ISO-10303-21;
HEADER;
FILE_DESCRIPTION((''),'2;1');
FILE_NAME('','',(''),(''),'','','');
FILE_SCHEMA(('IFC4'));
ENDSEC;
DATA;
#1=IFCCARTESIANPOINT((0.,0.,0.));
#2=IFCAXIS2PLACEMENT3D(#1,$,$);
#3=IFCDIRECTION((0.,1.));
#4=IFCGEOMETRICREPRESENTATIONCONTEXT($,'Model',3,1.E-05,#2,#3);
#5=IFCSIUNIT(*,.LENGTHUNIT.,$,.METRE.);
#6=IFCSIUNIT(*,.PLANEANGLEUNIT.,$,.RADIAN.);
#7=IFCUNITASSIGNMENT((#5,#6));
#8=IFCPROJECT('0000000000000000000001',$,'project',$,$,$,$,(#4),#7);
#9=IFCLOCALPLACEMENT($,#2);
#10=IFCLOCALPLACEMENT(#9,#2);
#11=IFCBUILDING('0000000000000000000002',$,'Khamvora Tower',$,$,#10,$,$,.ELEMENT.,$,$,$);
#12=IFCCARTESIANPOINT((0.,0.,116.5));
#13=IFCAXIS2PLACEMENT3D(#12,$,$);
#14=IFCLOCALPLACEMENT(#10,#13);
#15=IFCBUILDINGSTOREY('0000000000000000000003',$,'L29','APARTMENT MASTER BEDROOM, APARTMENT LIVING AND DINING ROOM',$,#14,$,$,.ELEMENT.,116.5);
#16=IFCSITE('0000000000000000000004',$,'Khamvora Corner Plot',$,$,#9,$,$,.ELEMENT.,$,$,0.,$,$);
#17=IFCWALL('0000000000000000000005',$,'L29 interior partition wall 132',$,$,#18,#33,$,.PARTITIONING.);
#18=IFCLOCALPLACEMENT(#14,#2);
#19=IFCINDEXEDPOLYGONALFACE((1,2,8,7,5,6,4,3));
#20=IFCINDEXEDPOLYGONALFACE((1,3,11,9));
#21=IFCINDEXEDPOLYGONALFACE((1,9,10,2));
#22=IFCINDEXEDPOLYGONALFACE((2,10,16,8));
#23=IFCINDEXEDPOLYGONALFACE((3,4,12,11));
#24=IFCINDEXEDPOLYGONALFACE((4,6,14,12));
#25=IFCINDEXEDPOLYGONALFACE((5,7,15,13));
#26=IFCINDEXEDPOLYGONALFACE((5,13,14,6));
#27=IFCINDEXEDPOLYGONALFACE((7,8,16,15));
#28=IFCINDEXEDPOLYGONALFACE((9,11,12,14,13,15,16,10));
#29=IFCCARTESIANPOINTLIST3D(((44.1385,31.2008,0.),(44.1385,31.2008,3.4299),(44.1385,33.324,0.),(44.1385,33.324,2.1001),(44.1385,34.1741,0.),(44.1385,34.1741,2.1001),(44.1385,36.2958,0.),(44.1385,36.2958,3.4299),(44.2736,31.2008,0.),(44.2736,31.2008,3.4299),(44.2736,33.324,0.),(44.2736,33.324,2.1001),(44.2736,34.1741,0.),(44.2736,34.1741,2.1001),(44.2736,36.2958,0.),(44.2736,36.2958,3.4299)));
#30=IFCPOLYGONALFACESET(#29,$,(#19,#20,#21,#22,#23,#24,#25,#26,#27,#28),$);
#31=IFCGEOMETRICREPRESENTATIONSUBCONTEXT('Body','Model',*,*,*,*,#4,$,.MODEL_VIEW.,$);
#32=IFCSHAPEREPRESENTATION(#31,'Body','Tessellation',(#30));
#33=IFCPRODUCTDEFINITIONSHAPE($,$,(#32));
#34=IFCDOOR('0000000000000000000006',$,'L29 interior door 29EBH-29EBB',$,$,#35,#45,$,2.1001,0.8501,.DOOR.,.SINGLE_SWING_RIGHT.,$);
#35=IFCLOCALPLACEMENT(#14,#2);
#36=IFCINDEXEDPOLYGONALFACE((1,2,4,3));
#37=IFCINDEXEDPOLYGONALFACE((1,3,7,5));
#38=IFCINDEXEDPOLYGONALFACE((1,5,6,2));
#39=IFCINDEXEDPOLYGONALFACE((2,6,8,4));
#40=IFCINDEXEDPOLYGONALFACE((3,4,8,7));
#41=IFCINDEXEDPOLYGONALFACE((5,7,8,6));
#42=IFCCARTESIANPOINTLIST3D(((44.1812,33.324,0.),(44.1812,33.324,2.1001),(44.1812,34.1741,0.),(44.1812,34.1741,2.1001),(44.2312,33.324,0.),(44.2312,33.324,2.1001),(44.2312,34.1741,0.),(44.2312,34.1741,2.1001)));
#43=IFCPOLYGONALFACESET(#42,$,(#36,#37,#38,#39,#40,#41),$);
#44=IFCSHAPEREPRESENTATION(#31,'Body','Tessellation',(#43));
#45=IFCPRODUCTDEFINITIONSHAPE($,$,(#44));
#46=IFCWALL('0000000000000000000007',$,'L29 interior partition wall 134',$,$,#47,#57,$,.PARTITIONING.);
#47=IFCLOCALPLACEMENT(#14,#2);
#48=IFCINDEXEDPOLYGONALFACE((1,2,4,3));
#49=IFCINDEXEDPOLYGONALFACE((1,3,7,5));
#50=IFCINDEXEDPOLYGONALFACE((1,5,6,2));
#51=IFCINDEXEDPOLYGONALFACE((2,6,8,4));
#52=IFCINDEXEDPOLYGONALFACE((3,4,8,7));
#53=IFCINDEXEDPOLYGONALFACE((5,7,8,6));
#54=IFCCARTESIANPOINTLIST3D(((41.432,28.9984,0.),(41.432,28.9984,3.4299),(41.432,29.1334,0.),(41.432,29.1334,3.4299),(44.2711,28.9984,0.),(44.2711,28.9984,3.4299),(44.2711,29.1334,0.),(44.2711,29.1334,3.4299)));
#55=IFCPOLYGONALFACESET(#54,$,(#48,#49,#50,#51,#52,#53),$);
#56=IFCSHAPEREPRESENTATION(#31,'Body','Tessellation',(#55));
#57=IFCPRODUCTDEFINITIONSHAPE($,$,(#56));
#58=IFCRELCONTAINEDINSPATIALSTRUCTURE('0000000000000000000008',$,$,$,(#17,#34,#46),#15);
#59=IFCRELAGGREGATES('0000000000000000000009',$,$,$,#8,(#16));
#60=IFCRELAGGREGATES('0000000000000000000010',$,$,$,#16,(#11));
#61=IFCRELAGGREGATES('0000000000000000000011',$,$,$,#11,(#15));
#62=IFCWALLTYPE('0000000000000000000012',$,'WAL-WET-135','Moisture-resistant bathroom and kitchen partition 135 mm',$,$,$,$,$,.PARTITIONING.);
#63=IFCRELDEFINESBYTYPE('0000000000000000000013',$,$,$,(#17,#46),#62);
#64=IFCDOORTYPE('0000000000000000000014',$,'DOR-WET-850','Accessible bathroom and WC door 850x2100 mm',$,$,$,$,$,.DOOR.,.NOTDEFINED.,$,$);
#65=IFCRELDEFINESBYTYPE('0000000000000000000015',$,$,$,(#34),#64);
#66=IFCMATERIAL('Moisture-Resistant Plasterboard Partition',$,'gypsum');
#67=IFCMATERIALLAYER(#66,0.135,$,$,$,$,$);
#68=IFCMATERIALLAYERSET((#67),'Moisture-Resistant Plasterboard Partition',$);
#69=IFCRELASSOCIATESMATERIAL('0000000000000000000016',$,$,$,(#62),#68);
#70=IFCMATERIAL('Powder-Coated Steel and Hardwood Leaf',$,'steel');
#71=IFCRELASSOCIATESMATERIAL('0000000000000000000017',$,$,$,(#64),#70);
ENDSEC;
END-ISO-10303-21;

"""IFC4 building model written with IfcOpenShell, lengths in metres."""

from ifc_helpers import new_model, si_unit, direction, frame, frame_2d, origin, place, context, subcontext, project, spatial, rectangle, extrude, material, layer, layer_set, type_object, element, fill, save


model = new_model("IFC4")

# Units and contexts
model_context = context("Model", 3, precision=1e-05, world=origin(), true_north=direction((0.0, 1.0)))
body_context = subcontext(model_context, "Body", "Model", "MODEL_VIEW")
ifc_project = project(units=[si_unit("LENGTHUNIT", "METRE"), si_unit("PLANEANGLEUNIT", "RADIAN")], contexts=[model_context])

# Site, building, storey
site_placement = place(None, origin())
site = spatial("IfcSite", under=ifc_project, at=site_placement, Name="Khamvora Corner Plot", CompositionType="ELEMENT", RefElevation=0.0)
building_placement = place(site_placement, origin())
building = spatial("IfcBuilding", under=site, at=building_placement, Name="Khamvora Tower", CompositionType="ELEMENT")
storey_placement = place(building_placement, frame((0.0, 0.0, 116.5)))
storey = spatial("IfcBuildingStorey", under=building, at=storey_placement, Name="L29", Description="APARTMENT MASTER BEDROOM, APARTMENT LIVING AND DINING ROOM", CompositionType="ELEMENT", Elevation=116.5)

# Shared definitions
ifc_material_1 = material(Name="Powder-Coated Steel and Hardwood Leaf", Category="steel")

# Shared definitions
ifc_material_2 = material(Name="Moisture-Resistant Plasterboard Partition", Category="gypsum")
ifc_layer_1 = layer(ifc_material_2, 0.135)
ifc_layer_set_1 = layer_set([ifc_layer_1], Name="Moisture-Resistant Plasterboard Partition")
wall_type_1 = type_object("IfcWallType", Name="WAL-WET-135", Description="Moisture-resistant bathroom and kitchen partition 135 mm", PredefinedType="PARTITIONING", material=ifc_layer_set_1)

# Wall, opening, door
wall_1_placement = place(storey_placement, frame((44.2061, 31.2009, 0.0), z_axis=(0.0, 0.0, 1.0), x_axis=(0.0, 1.0, 0.0)))
wall_1 = element("IfcWall", 1, at=wall_1_placement, inside=storey, type_object=wall_type_1, Name="L29 interior partition wall 132", PredefinedType="PARTITIONING", context=body_context, shape_type="SweptSolid", body=[
    extrude(rectangle(XDim=5.095, YDim=0.135, at=frame_2d((2.5474, 0.0))), origin(), (0.0, 0.0, 1.0), 3.4299),
])
opening_1_placement = place(wall_1_placement, frame((2.123, 0.0, 0.0)))
opening_1 = element("IfcOpeningElement", 2, at=opening_1_placement, cuts=wall_1, PredefinedType="OPENING", context=body_context, shape_type="SweptSolid", body=[
    extrude(rectangle(XDim=0.8501, YDim=2.1001, at=frame_2d((0.425, 1.05))), frame((0.0, 0.0774, 0.0), z_axis=(0.0, -1.0, 0.0), x_axis=(1.0, 0.0, 0.0)), (0.0, 0.0, 1.0), 0.155),
])
door_type_1 = type_object("IfcDoorType", Name="DOR-WET-850", Description="Accessible bathroom and WC door 850x2100 mm", OperationType="NOTDEFINED", PredefinedType="DOOR", material=ifc_material_1)
door_1_placement = place(opening_1_placement, origin())
door_1 = element("IfcDoor", 3, at=door_1_placement, inside=storey, type_object=door_type_1, Name="L29 interior door 29EBH-29EBB", OperationType="SINGLE_SWING_RIGHT", OverallHeight=2.1001, OverallWidth=0.8501, PredefinedType="DOOR", context=body_context, shape_type="SweptSolid", body=[
    extrude(rectangle(XDim=0.8501, YDim=2.1001, at=frame_2d((0.425, 1.05))), frame((0.0, 0.0249, 0.0), z_axis=(0.0, -1.0, 0.0), x_axis=(1.0, 0.0, 0.0)), (0.0, 0.0, 1.0), 0.05),
])
fill(opening_1, door_1)

# Wall
wall_2_placement = place(storey_placement, frame((44.271, 29.0659, 0.0), z_axis=(0.0, 0.0, 1.0), x_axis=(-1.0, 0.0, 0.0)))
element("IfcWall", 4, at=wall_2_placement, inside=storey, type_object=wall_type_1, Name="L29 interior partition wall 134", PredefinedType="PARTITIONING", context=body_context, shape_type="SweptSolid", body=[
    extrude(rectangle(XDim=2.8391, YDim=0.135, at=frame_2d((1.4194, 0.0))), origin(), (0.0, 0.0, 1.0), 3.4299),
])

save(model, "model.ifc")
